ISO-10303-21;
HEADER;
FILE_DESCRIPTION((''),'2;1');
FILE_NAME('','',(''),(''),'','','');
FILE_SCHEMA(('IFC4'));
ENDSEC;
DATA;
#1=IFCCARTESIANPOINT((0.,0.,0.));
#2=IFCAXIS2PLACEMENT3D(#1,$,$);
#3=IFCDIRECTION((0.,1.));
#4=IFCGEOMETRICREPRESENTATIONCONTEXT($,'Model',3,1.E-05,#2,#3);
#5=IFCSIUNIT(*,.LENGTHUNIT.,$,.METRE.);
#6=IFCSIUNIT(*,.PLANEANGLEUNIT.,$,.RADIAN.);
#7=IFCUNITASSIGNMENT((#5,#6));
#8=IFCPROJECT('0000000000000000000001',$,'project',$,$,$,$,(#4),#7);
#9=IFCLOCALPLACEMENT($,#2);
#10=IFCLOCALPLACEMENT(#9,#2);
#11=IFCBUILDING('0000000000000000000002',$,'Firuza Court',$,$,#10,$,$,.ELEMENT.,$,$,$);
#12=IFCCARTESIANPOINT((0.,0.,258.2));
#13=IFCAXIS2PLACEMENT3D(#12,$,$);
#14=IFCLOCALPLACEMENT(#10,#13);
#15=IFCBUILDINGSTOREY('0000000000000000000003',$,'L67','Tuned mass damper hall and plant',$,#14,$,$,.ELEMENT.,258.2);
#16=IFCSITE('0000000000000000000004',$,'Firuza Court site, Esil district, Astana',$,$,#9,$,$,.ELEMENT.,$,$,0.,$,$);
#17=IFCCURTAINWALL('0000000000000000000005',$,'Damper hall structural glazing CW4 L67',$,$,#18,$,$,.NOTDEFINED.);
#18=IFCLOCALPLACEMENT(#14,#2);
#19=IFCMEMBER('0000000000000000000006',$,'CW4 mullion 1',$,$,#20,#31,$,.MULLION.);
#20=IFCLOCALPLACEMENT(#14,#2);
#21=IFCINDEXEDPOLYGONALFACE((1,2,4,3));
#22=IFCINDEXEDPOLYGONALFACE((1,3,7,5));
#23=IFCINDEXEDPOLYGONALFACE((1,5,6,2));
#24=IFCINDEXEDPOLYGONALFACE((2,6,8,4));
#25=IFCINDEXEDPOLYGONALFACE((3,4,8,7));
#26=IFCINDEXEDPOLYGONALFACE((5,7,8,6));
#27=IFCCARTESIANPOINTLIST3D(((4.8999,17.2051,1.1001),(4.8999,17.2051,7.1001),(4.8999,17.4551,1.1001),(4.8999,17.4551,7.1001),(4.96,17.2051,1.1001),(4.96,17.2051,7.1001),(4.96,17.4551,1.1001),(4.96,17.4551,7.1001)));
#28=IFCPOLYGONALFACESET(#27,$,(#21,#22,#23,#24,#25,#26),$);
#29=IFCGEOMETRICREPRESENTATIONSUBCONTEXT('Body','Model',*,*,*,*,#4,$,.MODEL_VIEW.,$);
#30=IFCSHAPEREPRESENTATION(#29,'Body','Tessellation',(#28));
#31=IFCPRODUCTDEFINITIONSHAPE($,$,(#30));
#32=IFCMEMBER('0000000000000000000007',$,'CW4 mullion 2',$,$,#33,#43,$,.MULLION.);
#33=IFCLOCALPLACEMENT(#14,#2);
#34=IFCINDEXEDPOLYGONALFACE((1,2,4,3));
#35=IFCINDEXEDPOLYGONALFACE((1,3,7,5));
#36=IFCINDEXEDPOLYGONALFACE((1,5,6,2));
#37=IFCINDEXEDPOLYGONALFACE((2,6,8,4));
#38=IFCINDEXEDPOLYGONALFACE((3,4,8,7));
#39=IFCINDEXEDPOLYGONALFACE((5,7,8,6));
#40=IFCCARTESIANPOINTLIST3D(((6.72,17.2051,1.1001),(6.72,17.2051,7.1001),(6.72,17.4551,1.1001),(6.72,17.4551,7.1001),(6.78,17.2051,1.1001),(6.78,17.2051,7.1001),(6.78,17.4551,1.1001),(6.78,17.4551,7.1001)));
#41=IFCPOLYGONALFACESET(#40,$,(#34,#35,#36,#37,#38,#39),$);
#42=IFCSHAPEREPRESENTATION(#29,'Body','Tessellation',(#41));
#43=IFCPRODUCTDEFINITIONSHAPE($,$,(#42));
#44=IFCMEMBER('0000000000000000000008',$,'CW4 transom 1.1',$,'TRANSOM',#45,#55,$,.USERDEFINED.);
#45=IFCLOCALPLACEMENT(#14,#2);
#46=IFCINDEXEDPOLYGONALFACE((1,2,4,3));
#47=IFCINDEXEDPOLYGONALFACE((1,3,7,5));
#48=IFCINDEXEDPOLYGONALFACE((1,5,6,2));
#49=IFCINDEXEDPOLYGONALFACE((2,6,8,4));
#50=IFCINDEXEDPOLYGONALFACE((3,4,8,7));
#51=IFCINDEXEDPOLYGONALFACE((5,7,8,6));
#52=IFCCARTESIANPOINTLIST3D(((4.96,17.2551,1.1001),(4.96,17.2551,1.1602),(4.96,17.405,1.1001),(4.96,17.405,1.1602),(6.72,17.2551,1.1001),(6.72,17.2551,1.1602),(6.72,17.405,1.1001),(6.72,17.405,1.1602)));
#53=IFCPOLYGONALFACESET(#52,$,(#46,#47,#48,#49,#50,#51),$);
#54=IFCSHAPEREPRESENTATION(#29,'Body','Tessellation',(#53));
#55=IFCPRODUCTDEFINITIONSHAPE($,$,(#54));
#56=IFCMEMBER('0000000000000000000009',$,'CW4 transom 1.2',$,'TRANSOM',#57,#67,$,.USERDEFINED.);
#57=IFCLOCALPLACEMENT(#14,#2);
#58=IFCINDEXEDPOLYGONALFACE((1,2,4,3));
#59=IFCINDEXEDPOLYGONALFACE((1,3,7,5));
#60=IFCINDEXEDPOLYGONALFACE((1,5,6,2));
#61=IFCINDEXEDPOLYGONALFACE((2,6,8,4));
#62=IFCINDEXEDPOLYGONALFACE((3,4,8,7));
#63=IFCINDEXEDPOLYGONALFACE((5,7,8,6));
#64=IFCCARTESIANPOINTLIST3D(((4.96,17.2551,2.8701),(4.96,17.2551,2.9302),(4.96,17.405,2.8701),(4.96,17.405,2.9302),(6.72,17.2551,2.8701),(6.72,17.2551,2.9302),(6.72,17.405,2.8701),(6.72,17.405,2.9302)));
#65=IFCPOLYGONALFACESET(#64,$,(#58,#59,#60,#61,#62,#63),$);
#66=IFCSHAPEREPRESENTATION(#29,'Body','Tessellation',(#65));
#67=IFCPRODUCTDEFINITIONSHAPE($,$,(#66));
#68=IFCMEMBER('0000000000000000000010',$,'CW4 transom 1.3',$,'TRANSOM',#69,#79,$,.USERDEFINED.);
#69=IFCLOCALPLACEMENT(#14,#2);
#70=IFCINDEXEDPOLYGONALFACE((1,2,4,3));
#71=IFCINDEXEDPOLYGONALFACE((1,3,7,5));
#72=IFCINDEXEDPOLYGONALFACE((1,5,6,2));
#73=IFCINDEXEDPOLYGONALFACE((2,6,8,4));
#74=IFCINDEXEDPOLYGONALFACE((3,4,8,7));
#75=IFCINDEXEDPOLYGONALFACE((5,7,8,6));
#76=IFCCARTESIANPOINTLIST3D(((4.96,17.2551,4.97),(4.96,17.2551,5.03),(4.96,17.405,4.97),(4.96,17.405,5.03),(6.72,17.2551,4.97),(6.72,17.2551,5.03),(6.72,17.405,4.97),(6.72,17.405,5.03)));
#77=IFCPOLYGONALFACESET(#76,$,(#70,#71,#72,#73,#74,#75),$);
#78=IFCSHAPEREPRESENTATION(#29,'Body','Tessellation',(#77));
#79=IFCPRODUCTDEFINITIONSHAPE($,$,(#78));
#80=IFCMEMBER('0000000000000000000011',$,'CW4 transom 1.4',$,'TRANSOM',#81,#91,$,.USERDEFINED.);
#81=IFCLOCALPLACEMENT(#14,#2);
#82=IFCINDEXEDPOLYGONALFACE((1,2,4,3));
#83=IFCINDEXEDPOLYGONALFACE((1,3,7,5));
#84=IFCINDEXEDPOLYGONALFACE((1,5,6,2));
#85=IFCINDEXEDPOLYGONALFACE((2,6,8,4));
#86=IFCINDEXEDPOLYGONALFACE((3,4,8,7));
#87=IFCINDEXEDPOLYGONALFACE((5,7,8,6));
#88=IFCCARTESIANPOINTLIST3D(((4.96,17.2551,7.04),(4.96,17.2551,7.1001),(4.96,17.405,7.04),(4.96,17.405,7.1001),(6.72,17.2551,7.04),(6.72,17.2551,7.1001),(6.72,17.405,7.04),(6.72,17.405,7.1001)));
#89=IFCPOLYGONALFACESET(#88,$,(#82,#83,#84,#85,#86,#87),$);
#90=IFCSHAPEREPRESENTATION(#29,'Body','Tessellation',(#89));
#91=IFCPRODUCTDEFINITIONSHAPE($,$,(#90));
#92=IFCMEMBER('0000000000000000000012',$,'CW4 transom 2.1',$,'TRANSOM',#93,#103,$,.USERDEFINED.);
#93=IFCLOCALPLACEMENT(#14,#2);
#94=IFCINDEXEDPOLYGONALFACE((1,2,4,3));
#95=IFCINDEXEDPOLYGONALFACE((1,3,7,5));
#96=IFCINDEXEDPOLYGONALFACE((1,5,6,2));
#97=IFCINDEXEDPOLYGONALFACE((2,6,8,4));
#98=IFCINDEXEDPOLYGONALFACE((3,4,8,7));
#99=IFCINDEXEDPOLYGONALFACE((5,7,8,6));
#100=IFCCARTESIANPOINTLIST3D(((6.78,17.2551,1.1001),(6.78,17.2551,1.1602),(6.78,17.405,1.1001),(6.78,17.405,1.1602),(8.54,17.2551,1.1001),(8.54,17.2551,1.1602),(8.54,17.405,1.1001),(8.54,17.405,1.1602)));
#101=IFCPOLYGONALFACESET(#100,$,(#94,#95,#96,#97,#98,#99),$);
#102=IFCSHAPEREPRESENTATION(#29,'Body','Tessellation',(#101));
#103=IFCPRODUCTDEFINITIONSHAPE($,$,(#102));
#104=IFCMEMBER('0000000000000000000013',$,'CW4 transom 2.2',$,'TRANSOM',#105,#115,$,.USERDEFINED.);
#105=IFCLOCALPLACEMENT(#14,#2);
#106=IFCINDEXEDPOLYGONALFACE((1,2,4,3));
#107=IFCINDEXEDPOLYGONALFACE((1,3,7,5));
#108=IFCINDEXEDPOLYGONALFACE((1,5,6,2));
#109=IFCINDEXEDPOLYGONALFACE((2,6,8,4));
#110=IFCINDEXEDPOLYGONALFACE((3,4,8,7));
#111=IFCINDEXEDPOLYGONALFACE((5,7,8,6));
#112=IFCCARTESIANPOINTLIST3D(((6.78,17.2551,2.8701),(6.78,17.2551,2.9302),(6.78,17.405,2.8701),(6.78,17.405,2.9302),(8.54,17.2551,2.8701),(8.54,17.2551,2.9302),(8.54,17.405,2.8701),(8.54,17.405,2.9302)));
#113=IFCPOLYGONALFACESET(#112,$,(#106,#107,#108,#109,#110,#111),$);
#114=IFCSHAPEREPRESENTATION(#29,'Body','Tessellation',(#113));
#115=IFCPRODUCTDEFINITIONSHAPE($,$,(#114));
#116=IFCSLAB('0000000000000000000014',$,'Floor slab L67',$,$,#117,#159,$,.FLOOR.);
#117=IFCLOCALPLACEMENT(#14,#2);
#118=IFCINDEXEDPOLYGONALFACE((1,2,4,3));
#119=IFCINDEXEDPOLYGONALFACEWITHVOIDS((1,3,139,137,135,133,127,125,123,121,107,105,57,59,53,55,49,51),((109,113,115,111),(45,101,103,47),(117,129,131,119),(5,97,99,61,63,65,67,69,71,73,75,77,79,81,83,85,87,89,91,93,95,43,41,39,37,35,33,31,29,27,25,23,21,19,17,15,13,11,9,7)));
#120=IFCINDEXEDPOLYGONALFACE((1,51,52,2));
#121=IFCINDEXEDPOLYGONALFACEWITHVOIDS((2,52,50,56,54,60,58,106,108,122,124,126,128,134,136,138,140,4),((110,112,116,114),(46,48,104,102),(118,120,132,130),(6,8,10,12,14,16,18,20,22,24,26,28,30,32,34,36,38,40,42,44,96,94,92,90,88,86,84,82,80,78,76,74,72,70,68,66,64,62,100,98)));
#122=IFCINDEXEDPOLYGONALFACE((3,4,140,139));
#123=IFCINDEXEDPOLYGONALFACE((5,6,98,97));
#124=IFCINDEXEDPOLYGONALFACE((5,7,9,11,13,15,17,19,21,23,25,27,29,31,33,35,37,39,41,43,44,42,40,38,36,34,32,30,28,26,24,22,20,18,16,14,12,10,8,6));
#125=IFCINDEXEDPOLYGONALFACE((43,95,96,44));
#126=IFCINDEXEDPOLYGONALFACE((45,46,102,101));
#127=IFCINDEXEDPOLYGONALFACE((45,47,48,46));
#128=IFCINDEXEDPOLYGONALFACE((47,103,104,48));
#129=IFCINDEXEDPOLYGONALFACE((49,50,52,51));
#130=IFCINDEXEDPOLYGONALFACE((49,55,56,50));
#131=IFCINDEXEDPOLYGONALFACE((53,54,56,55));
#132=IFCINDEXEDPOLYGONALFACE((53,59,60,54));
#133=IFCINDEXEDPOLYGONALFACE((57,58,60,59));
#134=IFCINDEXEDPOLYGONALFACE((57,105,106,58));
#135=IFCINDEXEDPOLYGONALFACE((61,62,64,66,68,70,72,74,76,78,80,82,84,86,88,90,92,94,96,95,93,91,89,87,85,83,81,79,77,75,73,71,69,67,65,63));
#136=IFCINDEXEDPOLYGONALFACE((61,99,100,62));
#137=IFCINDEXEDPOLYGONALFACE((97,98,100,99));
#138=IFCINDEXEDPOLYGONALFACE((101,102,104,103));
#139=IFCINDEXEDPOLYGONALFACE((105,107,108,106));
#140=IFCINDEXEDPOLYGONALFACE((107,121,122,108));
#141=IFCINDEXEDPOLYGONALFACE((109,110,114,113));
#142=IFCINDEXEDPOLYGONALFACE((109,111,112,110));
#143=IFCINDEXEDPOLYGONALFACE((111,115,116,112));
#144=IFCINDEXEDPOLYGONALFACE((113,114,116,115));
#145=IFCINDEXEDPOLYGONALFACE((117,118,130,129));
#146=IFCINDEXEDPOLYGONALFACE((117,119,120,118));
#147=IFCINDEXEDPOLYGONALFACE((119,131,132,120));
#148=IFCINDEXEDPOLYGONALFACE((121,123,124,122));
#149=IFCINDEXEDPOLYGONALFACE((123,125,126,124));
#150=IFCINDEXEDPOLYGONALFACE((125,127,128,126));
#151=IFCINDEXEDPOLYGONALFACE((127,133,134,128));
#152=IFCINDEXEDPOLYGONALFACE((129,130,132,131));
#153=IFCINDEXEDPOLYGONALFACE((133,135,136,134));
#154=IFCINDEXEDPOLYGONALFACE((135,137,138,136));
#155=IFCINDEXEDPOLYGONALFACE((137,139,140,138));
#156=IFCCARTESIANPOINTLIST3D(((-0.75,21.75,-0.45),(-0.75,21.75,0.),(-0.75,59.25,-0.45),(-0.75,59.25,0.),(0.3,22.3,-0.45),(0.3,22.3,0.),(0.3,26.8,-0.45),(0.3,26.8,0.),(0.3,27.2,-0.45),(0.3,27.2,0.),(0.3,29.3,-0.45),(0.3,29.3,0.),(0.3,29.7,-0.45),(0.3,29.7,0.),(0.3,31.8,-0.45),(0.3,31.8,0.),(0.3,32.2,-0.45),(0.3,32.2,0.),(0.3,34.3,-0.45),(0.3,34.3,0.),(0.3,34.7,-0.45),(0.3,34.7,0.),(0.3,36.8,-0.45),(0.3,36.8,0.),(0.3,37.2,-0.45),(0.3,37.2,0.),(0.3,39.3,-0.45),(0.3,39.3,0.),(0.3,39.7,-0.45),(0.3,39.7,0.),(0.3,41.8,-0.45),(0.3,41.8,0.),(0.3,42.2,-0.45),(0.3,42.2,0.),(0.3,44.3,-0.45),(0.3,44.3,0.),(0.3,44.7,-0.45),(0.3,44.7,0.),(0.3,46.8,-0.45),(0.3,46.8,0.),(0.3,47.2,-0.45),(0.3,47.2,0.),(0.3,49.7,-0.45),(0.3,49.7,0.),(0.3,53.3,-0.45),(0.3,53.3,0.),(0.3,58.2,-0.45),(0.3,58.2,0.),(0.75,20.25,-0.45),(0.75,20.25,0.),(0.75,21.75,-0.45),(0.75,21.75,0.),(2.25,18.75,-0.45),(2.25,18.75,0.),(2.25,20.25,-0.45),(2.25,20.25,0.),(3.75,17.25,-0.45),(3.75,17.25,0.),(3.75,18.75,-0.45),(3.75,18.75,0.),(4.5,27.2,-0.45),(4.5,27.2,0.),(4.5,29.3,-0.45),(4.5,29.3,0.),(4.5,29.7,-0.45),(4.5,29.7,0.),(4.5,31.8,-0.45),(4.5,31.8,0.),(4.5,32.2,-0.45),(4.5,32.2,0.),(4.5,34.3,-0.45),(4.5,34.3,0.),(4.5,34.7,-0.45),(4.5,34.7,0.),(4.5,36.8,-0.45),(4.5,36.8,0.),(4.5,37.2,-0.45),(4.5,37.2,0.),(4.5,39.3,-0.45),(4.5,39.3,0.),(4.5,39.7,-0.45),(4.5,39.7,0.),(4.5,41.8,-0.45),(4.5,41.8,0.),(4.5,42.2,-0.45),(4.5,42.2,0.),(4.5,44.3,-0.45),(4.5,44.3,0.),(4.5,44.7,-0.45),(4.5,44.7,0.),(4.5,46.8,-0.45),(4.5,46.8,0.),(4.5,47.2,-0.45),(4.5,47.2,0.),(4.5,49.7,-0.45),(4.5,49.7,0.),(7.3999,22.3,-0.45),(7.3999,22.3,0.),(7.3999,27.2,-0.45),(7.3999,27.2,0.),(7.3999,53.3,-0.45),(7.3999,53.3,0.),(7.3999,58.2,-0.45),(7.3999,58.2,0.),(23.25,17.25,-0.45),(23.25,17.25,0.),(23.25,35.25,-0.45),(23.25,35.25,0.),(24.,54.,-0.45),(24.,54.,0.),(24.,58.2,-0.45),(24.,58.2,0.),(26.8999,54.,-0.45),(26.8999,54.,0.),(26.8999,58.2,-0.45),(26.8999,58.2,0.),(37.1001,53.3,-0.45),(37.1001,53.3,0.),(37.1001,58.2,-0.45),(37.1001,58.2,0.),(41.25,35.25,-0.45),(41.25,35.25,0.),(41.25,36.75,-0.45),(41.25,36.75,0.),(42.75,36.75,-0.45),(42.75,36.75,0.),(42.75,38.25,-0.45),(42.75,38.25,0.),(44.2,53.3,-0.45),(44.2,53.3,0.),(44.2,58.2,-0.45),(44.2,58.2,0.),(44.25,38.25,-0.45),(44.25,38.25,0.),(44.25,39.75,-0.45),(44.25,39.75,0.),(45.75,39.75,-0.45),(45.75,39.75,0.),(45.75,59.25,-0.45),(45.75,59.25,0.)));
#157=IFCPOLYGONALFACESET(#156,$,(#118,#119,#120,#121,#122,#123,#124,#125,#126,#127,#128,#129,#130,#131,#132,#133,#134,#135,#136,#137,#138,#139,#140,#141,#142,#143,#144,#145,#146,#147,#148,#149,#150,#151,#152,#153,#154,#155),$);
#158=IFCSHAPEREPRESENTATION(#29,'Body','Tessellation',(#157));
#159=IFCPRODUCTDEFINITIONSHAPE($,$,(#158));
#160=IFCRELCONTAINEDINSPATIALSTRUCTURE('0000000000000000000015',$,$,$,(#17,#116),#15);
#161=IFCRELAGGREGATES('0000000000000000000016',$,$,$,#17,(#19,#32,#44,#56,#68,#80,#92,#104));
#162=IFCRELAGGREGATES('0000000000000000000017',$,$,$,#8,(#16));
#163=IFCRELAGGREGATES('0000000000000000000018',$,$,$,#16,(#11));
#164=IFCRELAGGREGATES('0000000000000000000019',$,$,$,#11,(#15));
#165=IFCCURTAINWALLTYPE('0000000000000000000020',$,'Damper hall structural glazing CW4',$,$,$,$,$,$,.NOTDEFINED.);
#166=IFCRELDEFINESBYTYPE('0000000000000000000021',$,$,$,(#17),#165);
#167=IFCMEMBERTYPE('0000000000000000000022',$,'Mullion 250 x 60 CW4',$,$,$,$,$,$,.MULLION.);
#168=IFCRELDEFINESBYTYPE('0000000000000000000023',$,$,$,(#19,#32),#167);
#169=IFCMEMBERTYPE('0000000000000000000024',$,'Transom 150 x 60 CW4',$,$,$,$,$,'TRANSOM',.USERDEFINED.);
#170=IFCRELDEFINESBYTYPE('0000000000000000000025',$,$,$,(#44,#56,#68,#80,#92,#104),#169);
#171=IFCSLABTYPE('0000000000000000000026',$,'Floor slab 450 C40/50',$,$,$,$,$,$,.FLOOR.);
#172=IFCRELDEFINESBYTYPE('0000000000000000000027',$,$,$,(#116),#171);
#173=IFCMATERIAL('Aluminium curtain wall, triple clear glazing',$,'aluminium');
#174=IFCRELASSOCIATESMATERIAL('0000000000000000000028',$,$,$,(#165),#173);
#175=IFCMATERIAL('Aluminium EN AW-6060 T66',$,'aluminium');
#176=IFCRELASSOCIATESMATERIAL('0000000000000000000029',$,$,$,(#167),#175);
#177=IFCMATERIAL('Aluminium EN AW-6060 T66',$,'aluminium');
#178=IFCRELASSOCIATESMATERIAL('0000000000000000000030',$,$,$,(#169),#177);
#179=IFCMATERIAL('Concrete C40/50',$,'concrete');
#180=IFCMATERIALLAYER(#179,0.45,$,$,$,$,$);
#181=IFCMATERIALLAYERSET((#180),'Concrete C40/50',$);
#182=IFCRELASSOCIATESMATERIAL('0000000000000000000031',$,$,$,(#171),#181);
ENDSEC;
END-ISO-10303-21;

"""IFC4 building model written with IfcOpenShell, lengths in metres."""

from ifc_helpers import new_model, si_unit, direction, frame, origin, origin_2d, place, context, subcontext, project, spatial, polyline, rectangle, outline, extrude, material, layer, layer_set, material_profile, profile_set, type_object, element, aggregate, save


model = new_model("IFC4")

# Units and contexts
model_context = context("Model", 3, precision=1e-05, world=origin(), true_north=direction((0.0, 1.0)))
body_context = subcontext(model_context, "Body", "Model", "MODEL_VIEW")
ifc_project = project(units=[si_unit("LENGTHUNIT", "METRE"), si_unit("PLANEANGLEUNIT", "RADIAN")], contexts=[model_context])

# Site, building, storey
site_placement = place(None, origin())
site = spatial("IfcSite", under=ifc_project, at=site_placement, Name="Firuza Court site, Esil district, Astana", CompositionType="ELEMENT", RefElevation=0.0)
building_placement = place(site_placement, origin())
building = spatial("IfcBuilding", under=site, at=building_placement, Name="Firuza Court", CompositionType="ELEMENT")
storey_placement = place(building_placement, frame((0.0, 0.0, 258.2)))
storey = spatial("IfcBuildingStorey", under=building, at=storey_placement, Name="L67", Description="Tuned mass damper hall and plant", CompositionType="ELEMENT", Elevation=258.2)

# Curtain wall, members
ifc_material_1 = material(Name="Aluminium curtain wall, triple clear glazing", Category="aluminium")
curtain_wall_type = type_object("IfcCurtainWallType", Name="Damper hall structural glazing CW4", PredefinedType="NOTDEFINED", material=ifc_material_1)
curtain_wall_placement = place(storey_placement, origin())
curtain_wall = element("IfcCurtainWall", 1, at=curtain_wall_placement, inside=storey, type_object=curtain_wall_type, Name="Damper hall structural glazing CW4 L67", PredefinedType="NOTDEFINED")
ifc_material_2 = material(Name="Aluminium EN AW-6060 T66", Category="aluminium")
ifc_material_profile_1 = material_profile(ifc_material_2, rectangle(XDim=0.25, YDim=0.0601, at=origin_2d()), Name="Mullion 250 x 60 CW4")
ifc_profile_set_1 = profile_set([ifc_material_profile_1], Name="Aluminium EN AW-6060 T66")
member_type_1 = type_object("IfcMemberType", Name="Mullion 250 x 60 CW4", PredefinedType="MULLION", material=ifc_profile_set_1)
member_1_placement = place(storey_placement, frame((4.9299, 17.3301, 1.1001), z_axis=(0.0, 0.0, 1.0), x_axis=(0.0, 1.0, 0.0)))
member_1 = element("IfcMember", 2, at=member_1_placement, type_object=member_type_1, Name="CW4 mullion 1", PredefinedType="MULLION", context=body_context, shape_type="SweptSolid", body=[
    extrude(rectangle(XDim=0.25, YDim=0.0601, at=origin_2d()), origin(), (0.0, 0.0, 1.0), 6.0),
])
member_2_placement = place(storey_placement, frame((6.75, 17.3301, 1.1001), z_axis=(0.0, 0.0, 1.0), x_axis=(0.0, 1.0, 0.0)))
member_2 = element("IfcMember", 3, at=member_2_placement, type_object=member_type_1, Name="CW4 mullion 2", PredefinedType="MULLION", context=body_context, shape_type="SweptSolid", body=[
    extrude(rectangle(XDim=0.25, YDim=0.0601, at=origin_2d()), origin(), (0.0, 0.0, 1.0), 6.0),
])
ifc_material_3 = material(Name="Aluminium EN AW-6060 T66", Category="aluminium")
ifc_material_profile_2 = material_profile(ifc_material_3, rectangle(XDim=0.1499, YDim=0.0601, at=origin_2d()), Name="Transom 150 x 60 CW4")
ifc_profile_set_2 = profile_set([ifc_material_profile_2], Name="Aluminium EN AW-6060 T66")
member_type_2 = type_object("IfcMemberType", Name="Transom 150 x 60 CW4", ElementType="TRANSOM", PredefinedType="USERDEFINED", material=ifc_profile_set_2)
member_3_placement = place(storey_placement, frame((4.96, 17.3301, 1.1301), z_axis=(1.0, 0.0, 0.0), x_axis=(0.0, 1.0, 0.0)))
member_3 = element("IfcMember", 4, at=member_3_placement, type_object=member_type_2, Name="CW4 transom 1.1", ObjectType="TRANSOM", PredefinedType="USERDEFINED", context=body_context, shape_type="SweptSolid", body=[
    extrude(rectangle(XDim=0.1499, YDim=0.0601, at=origin_2d()), origin(), (0.0, 0.0, 1.0), 1.76),
])
member_4_placement = place(storey_placement, frame((4.96, 17.3301, 2.9001), z_axis=(1.0, 0.0, 0.0), x_axis=(0.0, 1.0, 0.0)))
member_4 = element("IfcMember", 5, at=member_4_placement, type_object=member_type_2, Name="CW4 transom 1.2", ObjectType="TRANSOM", PredefinedType="USERDEFINED", context=body_context, shape_type="SweptSolid", body=[
    extrude(rectangle(XDim=0.1499, YDim=0.0601, at=origin_2d()), origin(), (0.0, 0.0, 1.0), 1.76),
])
member_5_placement = place(storey_placement, frame((4.96, 17.3301, 5.0), z_axis=(1.0, 0.0, 0.0), x_axis=(0.0, 1.0, 0.0)))
member_5 = element("IfcMember", 6, at=member_5_placement, type_object=member_type_2, Name="CW4 transom 1.3", ObjectType="TRANSOM", PredefinedType="USERDEFINED", context=body_context, shape_type="SweptSolid", body=[
    extrude(rectangle(XDim=0.1499, YDim=0.0601, at=origin_2d()), origin(), (0.0, 0.0, 1.0), 1.76),
])
member_6_placement = place(storey_placement, frame((4.96, 17.3301, 7.0701), z_axis=(1.0, 0.0, 0.0), x_axis=(0.0, 1.0, 0.0)))
member_6 = element("IfcMember", 7, at=member_6_placement, type_object=member_type_2, Name="CW4 transom 1.4", ObjectType="TRANSOM", PredefinedType="USERDEFINED", context=body_context, shape_type="SweptSolid", body=[
    extrude(rectangle(XDim=0.1499, YDim=0.0601, at=origin_2d()), origin(), (0.0, 0.0, 1.0), 1.76),
])
member_7_placement = place(storey_placement, frame((6.78, 17.3301, 1.1301), z_axis=(1.0, 0.0, 0.0), x_axis=(0.0, 1.0, 0.0)))
member_7 = element("IfcMember", 8, at=member_7_placement, type_object=member_type_2, Name="CW4 transom 2.1", ObjectType="TRANSOM", PredefinedType="USERDEFINED", context=body_context, shape_type="SweptSolid", body=[
    extrude(rectangle(XDim=0.1499, YDim=0.0601, at=origin_2d()), origin(), (0.0, 0.0, 1.0), 1.76),
])
member_8_placement = place(storey_placement, frame((6.78, 17.3301, 2.9001), z_axis=(1.0, 0.0, 0.0), x_axis=(0.0, 1.0, 0.0)))
member_8 = element("IfcMember", 9, at=member_8_placement, type_object=member_type_2, Name="CW4 transom 2.2", ObjectType="TRANSOM", PredefinedType="USERDEFINED", context=body_context, shape_type="SweptSolid", body=[
    extrude(rectangle(XDim=0.1499, YDim=0.0601, at=origin_2d()), origin(), (0.0, 0.0, 1.0), 1.76),
])

# Slab
ifc_material_4 = material(Name="Concrete C40/50", Category="concrete")
ifc_layer_1 = layer(ifc_material_4, 0.45)
ifc_layer_set_1 = layer_set([ifc_layer_1], Name="Concrete C40/50")
slab_type_1 = type_object("IfcSlabType", Name="Floor slab 450 C40/50", PredefinedType="FLOOR", material=ifc_layer_set_1)
slab_1_placement = place(storey_placement, frame((0.0, 0.0, -0.45)))
element("IfcSlab", 10, at=slab_1_placement, inside=storey, type_object=slab_type_1, Name="Floor slab L67", PredefinedType="FLOOR", context=body_context, shape_type="SweptSolid", body=[
    extrude(outline(polyline([(-0.75, 59.25), (45.75, 59.25), (45.75, 39.75), (44.25, 39.75), (44.25, 38.25), (42.75, 38.25), (42.75, 36.75), (41.25, 36.75), (41.25, 35.25), (23.25, 35.25), (23.25, 17.25), (3.75, 17.25), (3.75, 18.75), (2.25, 18.75), (2.25, 20.25), (0.75, 20.25), (0.75, 21.75), (-0.75, 21.75), (-0.75, 59.25)]), holes=[polyline([(0.3, 34.3), (0.3, 32.2), (0.3, 31.8), (0.3, 29.7), (0.3, 29.3), (0.3, 27.2), (0.3, 26.8), (0.3, 22.3), (7.3999, 22.3), (7.3999, 27.2), (4.5, 27.2), (4.5, 29.3), (4.5, 29.7), (4.5, 31.8), (4.5, 32.2), (4.5, 34.3), (4.5, 34.7), (4.5, 36.8), (4.5, 37.2), (4.5, 39.3), (4.5, 39.7), (4.5, 41.8), (4.5, 42.2), (4.5, 44.3), (4.5, 44.7), (4.5, 46.8), (4.5, 47.2), (4.5, 49.7), (0.3, 49.7), (0.3, 47.2), (0.3, 46.8), (0.3, 44.7), (0.3, 44.3), (0.3, 42.2), (0.3, 41.8), (0.3, 39.7), (0.3, 39.3), (0.3, 37.2), (0.3, 36.8), (0.3, 34.7), (0.3, 34.3)]), polyline([(7.3999, 58.2), (0.3, 58.2), (0.3, 53.3), (7.3999, 53.3), (7.3999, 58.2)]), polyline([(44.2, 58.2), (37.1001, 58.2), (37.1001, 53.3), (44.2, 53.3), (44.2, 58.2)]), polyline([(26.8999, 58.2), (24.0, 58.2), (24.0, 54.0), (26.8999, 54.0), (26.8999, 58.2)])]), origin(), (0.0, 0.0, 1.0), 0.45),
])

aggregate(curtain_wall, [member_1, member_2, member_3, member_4, member_5, member_6, member_7, member_8])

save(model, "model.ifc")
